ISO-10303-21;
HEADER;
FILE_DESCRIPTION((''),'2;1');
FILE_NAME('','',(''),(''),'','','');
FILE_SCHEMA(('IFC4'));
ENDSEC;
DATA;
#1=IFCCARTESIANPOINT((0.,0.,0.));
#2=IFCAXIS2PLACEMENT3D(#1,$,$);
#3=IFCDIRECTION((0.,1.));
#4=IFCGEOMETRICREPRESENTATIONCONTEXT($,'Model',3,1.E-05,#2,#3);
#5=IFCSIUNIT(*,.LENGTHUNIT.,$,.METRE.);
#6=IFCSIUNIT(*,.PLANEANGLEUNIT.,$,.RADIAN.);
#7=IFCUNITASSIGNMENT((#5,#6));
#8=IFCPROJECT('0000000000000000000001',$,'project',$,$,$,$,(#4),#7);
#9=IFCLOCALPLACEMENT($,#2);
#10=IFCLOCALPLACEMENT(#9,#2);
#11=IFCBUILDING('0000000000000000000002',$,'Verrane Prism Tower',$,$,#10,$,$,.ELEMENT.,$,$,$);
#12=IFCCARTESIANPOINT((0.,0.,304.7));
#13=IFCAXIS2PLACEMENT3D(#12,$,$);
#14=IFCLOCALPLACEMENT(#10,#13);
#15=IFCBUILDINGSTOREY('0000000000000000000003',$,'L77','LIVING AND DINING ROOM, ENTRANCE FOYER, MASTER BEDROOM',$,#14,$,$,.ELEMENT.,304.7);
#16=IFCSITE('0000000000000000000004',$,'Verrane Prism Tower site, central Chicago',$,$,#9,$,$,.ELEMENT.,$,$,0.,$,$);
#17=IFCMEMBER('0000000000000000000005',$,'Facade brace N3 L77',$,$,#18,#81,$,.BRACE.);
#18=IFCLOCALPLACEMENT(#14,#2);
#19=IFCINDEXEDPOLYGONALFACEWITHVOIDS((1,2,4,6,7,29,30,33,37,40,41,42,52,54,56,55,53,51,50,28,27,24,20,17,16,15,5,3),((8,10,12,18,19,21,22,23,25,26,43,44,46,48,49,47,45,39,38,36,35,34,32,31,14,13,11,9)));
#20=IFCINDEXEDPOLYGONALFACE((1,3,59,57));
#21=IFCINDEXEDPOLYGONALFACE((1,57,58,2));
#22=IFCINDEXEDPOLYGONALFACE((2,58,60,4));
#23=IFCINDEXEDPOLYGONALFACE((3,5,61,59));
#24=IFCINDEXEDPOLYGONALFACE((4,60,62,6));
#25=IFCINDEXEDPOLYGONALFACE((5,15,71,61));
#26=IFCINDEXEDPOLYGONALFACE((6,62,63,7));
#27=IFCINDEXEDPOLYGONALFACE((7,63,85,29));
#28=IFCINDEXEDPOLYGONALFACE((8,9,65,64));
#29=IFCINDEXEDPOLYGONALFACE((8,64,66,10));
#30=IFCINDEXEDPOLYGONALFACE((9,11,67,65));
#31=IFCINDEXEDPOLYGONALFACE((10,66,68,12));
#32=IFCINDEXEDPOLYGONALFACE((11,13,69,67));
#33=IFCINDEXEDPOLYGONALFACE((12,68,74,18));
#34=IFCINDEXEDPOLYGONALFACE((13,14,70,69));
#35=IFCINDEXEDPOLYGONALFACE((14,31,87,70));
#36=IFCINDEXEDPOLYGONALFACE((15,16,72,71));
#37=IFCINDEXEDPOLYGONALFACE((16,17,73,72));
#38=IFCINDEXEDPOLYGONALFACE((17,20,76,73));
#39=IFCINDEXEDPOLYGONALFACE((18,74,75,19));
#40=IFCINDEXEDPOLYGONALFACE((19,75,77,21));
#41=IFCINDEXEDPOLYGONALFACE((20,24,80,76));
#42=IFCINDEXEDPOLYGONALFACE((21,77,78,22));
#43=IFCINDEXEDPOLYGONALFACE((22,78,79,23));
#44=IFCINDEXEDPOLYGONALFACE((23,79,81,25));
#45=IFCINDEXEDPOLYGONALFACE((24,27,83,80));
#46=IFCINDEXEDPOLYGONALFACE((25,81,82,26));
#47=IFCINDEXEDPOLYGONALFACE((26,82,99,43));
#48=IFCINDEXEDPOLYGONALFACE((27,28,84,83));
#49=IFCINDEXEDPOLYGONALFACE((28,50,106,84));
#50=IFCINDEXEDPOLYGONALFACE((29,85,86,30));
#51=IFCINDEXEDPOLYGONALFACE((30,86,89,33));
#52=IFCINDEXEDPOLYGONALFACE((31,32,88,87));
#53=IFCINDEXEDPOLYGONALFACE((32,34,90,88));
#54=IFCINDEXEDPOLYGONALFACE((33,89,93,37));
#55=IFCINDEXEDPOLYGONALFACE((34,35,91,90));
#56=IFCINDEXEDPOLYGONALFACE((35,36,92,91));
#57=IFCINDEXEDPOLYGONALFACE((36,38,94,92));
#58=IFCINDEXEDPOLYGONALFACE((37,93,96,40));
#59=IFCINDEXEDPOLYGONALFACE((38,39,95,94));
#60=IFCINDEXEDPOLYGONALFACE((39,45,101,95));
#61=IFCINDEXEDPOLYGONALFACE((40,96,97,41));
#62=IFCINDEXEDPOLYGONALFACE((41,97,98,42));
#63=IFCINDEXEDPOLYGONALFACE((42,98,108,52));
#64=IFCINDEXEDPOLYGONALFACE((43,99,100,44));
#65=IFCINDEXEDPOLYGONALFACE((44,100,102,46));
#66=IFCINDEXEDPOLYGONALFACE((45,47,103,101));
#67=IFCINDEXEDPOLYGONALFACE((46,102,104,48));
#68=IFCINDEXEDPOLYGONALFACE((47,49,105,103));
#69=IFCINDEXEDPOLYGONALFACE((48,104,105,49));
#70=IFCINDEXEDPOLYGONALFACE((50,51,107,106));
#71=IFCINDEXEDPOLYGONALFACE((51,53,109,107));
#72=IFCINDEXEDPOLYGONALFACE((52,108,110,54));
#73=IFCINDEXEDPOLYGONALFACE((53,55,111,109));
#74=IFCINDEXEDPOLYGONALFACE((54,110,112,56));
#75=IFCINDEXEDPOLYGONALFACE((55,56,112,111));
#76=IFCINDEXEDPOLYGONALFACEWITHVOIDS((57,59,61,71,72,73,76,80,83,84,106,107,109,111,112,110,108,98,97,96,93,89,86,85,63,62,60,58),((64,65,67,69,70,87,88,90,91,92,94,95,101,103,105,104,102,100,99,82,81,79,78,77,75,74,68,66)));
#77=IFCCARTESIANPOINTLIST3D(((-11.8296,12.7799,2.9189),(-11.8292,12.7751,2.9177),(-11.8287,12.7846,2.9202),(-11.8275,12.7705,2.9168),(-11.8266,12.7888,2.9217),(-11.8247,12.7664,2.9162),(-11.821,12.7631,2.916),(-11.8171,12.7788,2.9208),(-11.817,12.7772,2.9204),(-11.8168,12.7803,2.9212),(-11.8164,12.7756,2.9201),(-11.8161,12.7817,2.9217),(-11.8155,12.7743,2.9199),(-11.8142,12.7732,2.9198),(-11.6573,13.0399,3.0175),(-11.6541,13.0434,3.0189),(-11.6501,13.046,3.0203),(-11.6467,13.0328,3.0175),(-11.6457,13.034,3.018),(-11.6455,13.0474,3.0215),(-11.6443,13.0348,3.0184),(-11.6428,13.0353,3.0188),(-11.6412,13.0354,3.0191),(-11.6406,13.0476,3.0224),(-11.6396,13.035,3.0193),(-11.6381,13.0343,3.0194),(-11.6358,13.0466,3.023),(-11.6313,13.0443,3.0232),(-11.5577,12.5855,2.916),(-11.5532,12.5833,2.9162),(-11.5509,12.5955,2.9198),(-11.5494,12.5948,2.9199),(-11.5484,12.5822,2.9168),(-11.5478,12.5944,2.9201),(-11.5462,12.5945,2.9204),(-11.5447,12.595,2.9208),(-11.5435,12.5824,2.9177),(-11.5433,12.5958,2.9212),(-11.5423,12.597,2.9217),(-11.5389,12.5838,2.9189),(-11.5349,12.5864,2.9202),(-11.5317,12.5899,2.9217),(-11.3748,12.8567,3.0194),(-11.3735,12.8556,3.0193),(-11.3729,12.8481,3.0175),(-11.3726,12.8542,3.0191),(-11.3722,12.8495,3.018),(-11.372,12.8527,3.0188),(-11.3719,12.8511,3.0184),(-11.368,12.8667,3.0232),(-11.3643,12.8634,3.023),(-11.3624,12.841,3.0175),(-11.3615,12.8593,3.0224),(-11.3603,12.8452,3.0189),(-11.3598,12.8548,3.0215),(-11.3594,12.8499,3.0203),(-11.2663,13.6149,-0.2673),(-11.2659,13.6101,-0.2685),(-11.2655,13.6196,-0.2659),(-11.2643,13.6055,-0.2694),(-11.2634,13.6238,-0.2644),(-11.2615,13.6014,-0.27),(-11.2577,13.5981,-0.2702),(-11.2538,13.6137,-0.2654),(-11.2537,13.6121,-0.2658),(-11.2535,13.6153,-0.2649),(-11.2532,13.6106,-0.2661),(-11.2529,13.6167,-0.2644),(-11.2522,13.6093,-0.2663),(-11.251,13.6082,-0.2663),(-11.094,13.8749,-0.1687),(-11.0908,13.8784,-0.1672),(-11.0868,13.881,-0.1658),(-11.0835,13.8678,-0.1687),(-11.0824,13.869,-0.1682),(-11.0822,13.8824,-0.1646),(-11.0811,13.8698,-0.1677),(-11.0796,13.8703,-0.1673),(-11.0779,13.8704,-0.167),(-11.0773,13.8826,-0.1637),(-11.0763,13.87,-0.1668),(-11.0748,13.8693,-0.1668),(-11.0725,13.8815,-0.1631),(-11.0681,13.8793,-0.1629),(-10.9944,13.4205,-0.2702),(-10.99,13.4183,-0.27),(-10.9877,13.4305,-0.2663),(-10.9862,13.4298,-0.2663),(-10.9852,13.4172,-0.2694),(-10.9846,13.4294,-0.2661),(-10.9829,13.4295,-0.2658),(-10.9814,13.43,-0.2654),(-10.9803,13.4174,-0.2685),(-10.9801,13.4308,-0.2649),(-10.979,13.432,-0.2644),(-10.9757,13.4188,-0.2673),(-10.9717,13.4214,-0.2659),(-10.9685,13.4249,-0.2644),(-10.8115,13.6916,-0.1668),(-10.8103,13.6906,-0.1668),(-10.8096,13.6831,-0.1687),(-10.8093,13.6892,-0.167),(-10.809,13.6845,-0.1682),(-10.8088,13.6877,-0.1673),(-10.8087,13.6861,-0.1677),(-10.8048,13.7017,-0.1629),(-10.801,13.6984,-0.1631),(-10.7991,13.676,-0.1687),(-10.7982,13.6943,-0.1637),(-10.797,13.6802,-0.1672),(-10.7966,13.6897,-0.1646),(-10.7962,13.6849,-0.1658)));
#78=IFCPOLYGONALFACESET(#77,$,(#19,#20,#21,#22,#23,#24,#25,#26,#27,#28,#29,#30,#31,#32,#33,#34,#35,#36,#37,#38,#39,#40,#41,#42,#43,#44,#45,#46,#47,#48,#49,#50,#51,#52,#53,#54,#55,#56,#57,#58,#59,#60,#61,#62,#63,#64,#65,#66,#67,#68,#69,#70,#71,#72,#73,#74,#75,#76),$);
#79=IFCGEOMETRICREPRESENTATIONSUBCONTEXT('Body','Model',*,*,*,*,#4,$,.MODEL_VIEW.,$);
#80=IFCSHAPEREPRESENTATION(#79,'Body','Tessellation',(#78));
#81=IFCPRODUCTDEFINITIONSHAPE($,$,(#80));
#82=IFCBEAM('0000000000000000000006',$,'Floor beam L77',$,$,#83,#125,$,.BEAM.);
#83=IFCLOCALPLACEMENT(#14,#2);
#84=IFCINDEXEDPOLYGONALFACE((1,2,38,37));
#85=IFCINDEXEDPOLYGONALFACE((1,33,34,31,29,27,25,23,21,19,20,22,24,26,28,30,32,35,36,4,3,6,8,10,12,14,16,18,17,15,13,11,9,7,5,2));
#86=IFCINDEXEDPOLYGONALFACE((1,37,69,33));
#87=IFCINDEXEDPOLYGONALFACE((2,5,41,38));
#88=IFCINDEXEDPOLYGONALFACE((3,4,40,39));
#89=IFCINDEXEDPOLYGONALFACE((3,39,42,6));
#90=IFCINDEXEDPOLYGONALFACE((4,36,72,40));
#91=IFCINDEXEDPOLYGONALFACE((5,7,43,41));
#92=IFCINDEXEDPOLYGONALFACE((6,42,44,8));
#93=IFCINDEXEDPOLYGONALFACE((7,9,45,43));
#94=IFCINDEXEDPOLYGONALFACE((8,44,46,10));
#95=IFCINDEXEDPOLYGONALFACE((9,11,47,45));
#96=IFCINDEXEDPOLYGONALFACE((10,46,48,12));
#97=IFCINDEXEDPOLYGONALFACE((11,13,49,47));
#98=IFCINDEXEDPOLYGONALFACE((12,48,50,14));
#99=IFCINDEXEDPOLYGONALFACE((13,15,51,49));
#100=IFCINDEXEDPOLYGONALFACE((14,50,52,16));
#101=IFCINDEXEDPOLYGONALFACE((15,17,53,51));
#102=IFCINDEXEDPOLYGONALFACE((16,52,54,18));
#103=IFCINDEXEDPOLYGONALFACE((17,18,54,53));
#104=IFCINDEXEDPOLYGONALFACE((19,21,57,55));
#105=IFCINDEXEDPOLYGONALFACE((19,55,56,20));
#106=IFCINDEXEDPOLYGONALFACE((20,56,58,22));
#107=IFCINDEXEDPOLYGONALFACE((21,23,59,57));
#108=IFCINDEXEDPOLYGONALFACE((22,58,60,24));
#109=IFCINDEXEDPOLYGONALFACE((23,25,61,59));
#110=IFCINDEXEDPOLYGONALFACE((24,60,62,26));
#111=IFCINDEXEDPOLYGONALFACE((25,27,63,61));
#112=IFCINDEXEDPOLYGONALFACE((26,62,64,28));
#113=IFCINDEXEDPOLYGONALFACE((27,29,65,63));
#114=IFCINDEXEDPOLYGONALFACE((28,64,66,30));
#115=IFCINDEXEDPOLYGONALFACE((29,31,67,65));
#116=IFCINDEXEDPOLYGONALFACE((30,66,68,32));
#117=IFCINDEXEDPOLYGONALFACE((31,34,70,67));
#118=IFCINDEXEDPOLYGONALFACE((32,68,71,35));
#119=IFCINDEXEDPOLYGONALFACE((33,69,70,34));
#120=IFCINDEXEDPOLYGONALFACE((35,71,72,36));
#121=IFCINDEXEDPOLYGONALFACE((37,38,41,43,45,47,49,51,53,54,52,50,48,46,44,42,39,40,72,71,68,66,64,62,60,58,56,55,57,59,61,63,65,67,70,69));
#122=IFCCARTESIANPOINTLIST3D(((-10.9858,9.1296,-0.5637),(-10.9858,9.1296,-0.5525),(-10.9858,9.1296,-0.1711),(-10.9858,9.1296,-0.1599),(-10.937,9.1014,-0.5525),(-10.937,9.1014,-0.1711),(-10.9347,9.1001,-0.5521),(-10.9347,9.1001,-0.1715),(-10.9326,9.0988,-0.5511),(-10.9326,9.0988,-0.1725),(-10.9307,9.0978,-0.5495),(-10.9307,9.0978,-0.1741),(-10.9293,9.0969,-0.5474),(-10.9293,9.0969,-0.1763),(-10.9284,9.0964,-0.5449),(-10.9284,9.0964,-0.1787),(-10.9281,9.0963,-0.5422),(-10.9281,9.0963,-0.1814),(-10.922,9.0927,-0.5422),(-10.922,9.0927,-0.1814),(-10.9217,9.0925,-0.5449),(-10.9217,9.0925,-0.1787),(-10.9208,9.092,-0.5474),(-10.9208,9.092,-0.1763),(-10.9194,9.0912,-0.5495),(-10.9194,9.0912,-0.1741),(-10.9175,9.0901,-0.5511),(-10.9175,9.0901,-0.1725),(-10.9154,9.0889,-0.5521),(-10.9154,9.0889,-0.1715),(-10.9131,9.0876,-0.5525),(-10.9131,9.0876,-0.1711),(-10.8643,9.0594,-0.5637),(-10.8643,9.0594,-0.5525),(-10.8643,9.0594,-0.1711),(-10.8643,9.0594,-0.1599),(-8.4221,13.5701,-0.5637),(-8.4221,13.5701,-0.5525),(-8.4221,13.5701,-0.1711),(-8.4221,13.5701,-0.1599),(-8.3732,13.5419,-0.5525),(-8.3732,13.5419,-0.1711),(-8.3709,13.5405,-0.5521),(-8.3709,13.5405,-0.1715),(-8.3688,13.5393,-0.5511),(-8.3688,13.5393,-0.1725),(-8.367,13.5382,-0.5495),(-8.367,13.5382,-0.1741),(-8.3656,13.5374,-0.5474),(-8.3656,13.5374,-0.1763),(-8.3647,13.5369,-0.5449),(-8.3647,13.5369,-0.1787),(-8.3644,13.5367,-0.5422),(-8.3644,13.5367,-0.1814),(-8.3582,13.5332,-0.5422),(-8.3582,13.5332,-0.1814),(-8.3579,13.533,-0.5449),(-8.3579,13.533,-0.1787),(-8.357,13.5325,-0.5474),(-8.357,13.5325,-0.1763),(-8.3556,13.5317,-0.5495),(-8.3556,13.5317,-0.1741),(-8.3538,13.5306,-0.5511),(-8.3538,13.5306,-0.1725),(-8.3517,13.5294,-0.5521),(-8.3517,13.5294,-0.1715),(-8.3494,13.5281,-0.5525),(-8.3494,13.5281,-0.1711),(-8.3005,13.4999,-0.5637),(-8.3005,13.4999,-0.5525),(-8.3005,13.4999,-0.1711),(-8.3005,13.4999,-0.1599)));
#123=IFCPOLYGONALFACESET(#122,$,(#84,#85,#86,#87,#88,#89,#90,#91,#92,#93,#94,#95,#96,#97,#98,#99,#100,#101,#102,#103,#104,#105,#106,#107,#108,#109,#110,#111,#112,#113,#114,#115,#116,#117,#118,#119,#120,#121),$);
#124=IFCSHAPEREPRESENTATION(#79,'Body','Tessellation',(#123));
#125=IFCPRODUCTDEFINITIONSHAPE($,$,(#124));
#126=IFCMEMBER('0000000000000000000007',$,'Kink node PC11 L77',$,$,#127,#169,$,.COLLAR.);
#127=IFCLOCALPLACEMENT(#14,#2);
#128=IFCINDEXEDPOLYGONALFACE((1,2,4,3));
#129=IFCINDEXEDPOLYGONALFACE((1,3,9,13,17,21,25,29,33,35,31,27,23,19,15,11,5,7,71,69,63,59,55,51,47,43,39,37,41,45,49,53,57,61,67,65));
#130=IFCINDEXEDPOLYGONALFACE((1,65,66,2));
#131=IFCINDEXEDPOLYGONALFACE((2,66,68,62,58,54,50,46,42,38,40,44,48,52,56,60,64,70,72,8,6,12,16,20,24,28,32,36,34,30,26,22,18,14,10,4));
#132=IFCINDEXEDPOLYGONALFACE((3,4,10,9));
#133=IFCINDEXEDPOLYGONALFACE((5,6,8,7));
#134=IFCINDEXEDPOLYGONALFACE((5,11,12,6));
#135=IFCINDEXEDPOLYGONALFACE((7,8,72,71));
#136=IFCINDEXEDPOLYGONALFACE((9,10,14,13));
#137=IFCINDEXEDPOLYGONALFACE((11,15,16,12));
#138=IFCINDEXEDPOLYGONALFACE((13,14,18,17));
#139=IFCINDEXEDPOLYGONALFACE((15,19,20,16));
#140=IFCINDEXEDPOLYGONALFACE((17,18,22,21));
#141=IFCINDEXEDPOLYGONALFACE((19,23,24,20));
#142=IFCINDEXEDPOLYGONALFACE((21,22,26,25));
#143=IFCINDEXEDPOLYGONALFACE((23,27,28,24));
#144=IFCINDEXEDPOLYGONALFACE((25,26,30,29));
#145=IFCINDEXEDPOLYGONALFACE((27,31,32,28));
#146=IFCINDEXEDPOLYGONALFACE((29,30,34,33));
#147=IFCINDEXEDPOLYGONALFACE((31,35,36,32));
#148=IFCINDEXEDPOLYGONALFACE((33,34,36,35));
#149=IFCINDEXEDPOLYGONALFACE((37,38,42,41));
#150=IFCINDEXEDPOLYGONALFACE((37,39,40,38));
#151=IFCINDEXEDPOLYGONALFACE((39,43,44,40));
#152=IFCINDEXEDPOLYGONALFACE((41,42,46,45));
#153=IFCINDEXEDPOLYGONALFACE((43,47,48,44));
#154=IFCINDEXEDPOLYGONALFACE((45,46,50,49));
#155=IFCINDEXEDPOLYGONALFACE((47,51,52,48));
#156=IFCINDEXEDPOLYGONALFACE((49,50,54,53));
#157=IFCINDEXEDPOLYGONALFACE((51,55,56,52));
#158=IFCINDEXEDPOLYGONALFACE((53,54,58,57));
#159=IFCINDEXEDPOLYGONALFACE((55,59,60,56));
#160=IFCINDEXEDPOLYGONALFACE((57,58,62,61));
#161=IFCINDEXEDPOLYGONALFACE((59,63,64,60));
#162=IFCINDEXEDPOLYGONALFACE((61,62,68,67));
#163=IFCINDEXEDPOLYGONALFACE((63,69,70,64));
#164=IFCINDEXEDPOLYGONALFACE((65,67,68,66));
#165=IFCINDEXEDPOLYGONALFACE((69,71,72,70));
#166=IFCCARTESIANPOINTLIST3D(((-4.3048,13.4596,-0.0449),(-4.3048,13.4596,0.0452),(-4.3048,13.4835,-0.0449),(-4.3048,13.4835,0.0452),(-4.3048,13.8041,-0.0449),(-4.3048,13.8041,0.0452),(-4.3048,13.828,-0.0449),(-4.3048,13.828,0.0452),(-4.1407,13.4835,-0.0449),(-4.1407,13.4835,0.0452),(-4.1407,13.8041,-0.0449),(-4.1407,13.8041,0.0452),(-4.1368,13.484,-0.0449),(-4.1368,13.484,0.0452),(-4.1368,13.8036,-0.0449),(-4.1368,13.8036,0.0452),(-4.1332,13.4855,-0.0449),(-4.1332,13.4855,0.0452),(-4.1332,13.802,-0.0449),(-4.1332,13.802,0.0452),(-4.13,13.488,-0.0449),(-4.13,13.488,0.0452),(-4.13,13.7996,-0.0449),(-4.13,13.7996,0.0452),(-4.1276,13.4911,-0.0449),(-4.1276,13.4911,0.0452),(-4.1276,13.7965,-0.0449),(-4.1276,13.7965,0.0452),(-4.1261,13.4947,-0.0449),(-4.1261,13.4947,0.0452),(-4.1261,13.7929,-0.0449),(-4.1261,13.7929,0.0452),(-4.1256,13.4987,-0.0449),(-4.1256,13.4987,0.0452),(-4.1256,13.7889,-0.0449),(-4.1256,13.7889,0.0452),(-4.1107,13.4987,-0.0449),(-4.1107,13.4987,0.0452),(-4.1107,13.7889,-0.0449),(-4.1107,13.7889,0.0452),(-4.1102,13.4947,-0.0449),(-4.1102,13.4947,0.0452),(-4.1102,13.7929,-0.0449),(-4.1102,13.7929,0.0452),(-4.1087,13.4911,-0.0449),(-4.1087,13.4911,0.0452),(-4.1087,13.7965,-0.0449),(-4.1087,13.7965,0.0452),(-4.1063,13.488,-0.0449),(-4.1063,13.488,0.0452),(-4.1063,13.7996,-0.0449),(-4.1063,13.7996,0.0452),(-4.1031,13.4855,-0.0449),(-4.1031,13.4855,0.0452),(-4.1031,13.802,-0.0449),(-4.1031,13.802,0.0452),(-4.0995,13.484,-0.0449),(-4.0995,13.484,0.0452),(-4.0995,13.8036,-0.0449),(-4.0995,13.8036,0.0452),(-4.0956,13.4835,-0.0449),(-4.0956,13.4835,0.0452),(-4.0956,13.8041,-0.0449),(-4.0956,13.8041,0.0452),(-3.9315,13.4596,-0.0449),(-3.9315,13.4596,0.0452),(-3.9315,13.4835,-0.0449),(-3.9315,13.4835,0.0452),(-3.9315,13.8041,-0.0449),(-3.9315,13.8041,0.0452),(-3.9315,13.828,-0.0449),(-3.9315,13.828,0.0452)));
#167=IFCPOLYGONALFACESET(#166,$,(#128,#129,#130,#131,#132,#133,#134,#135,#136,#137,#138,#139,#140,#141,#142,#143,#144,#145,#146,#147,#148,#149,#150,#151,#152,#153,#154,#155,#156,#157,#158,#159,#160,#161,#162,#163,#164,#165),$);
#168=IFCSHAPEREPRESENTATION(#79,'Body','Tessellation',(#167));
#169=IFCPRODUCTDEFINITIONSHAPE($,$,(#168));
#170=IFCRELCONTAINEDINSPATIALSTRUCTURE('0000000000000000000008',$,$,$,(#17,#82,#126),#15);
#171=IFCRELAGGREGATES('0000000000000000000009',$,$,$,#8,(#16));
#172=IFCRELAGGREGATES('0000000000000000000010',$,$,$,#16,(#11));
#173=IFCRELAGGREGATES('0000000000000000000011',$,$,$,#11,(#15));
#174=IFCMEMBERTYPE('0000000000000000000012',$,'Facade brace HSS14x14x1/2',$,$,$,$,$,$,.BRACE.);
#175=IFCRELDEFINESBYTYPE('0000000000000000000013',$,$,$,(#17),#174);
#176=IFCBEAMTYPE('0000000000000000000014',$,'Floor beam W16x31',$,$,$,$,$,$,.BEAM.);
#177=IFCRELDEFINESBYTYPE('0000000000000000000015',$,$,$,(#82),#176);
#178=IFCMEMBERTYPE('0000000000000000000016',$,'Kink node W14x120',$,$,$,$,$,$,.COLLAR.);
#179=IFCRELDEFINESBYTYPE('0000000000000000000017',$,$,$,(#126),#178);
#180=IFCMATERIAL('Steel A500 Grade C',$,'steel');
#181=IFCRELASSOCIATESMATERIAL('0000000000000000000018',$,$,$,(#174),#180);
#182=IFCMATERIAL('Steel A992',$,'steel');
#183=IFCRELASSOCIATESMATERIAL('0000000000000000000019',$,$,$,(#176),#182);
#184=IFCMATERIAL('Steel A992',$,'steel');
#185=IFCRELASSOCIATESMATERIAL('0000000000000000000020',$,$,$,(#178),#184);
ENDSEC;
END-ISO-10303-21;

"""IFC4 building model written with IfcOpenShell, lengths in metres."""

from ifc_helpers import new_model, si_unit, direction, frame, origin, origin_2d, place, context, subcontext, project, spatial, hollow_rectangle, i_section, extrude, material, material_profile, profile_set, type_object, element, save


model = new_model("IFC4")

# Units and contexts
model_context = context("Model", 3, precision=1e-05, world=origin(), true_north=direction((0.0, 1.0)))
body_context = subcontext(model_context, "Body", "Model", "MODEL_VIEW")
ifc_project = project(units=[si_unit("LENGTHUNIT", "METRE"), si_unit("PLANEANGLEUNIT", "RADIAN")], contexts=[model_context])

# Site, building, storey
site_placement = place(None, origin())
site = spatial("IfcSite", under=ifc_project, at=site_placement, Name="Verrane Prism Tower site, central Chicago", CompositionType="ELEMENT", RefElevation=0.0)
building_placement = place(site_placement, origin())
building = spatial("IfcBuilding", under=site, at=building_placement, Name="Verrane Prism Tower", CompositionType="ELEMENT")
storey_placement = place(building_placement, frame((0.0, 0.0, 304.7)))
storey = spatial("IfcBuildingStorey", under=building, at=storey_placement, Name="L77", Description="LIVING AND DINING ROOM, ENTRANCE FOYER, MASTER BEDROOM", CompositionType="ELEMENT", Elevation=304.7)

# Member
ifc_material_1 = material(Name="Steel A500 Grade C", Category="steel")
ifc_material_profile_1 = material_profile(ifc_material_1, hollow_rectangle(XDim=0.3557, YDim=0.3557, WallThickness=0.0127, InnerFilletRadius=0.0063, OuterFilletRadius=0.019, at=origin_2d()), Name="HSS14x14x1/2")
ifc_profile_set_1 = profile_set([ifc_material_profile_1], Name="Steel A500 Grade C")
member_type_1 = type_object("IfcMemberType", Name="Facade brace HSS14x14x1/2", PredefinedType="BRACE", material=ifc_profile_set_1)
member_1_placement = place(storey_placement, frame((-11.0312, 13.6499, -0.2166), z_axis=(-0.16856, -0.249881, 0.953492), x_axis=(0.829017, -0.559223, 0.0)))
element("IfcMember", 1, at=member_1_placement, inside=storey, type_object=member_type_1, Name="Facade brace N3 L77", PredefinedType="BRACE", context=body_context, shape_type="SweptSolid", body=[
    extrude(hollow_rectangle(XDim=0.3557, YDim=0.3557, WallThickness=0.0127, InnerFilletRadius=0.0063, OuterFilletRadius=0.019, at=origin_2d()), origin(), (0.0, 0.0, 1.0), 3.3416),
])

# Beam
ifc_material_2 = material(Name="Steel A992", Category="steel")
ifc_material_profile_2 = material_profile(ifc_material_2, i_section(OverallWidth=0.1404, OverallDepth=0.4038, WebThickness=0.0071, FlangeThickness=0.0112, FilletRadius=0.0103, at=origin_2d()), Name="W16x31")
ifc_profile_set_2 = profile_set([ifc_material_profile_2], Name="Steel A992")
beam_type_1 = type_object("IfcBeamType", Name="Floor beam W16x31", PredefinedType="BEAM", material=ifc_profile_set_2)
beam_1_placement = place(storey_placement, frame((-10.925, 9.0945, -0.3618), z_axis=(0.500005, 0.866022, 0.0), x_axis=(-0.866022, 0.500005, 0.0)))
element("IfcBeam", 2, at=beam_1_placement, inside=storey, type_object=beam_type_1, Name="Floor beam L77", PredefinedType="BEAM", context=body_context, shape_type="SweptSolid", body=[
    extrude(i_section(OverallWidth=0.1404, OverallDepth=0.4038, WebThickness=0.0071, FlangeThickness=0.0112, FilletRadius=0.0103, at=origin_2d()), origin(), (0.0, 0.0, 1.0), 5.1274),
])

# Member
ifc_material_3 = material(Name="Steel A992", Category="steel")
ifc_material_profile_3 = material_profile(ifc_material_3, i_section(OverallWidth=0.3733, OverallDepth=0.3684, WebThickness=0.0149, FlangeThickness=0.0239, FilletRadius=0.0151, at=origin_2d()), Name="W14x120")
ifc_profile_set_3 = profile_set([ifc_material_profile_3], Name="Steel A992")
member_type_2 = type_object("IfcMemberType", Name="Kink node W14x120", PredefinedType="COLLAR", material=ifc_profile_set_3)
member_2_placement = place(storey_placement, frame((-4.1182, 13.6438, -0.0449), z_axis=(0.0, 0.0, 1.0), x_axis=(1.0, 0.0, 0.0)))
element("IfcMember", 3, at=member_2_placement, inside=storey, type_object=member_type_2, Name="Kink node PC11 L77", PredefinedType="COLLAR", context=body_context, shape_type="SweptSolid", body=[
    extrude(i_section(OverallWidth=0.3733, OverallDepth=0.3684, WebThickness=0.0149, FlangeThickness=0.0239, FilletRadius=0.0151, at=origin_2d()), origin(), (0.0, 0.0, 1.0), 0.0901),
])

save(model, "model.ifc")
